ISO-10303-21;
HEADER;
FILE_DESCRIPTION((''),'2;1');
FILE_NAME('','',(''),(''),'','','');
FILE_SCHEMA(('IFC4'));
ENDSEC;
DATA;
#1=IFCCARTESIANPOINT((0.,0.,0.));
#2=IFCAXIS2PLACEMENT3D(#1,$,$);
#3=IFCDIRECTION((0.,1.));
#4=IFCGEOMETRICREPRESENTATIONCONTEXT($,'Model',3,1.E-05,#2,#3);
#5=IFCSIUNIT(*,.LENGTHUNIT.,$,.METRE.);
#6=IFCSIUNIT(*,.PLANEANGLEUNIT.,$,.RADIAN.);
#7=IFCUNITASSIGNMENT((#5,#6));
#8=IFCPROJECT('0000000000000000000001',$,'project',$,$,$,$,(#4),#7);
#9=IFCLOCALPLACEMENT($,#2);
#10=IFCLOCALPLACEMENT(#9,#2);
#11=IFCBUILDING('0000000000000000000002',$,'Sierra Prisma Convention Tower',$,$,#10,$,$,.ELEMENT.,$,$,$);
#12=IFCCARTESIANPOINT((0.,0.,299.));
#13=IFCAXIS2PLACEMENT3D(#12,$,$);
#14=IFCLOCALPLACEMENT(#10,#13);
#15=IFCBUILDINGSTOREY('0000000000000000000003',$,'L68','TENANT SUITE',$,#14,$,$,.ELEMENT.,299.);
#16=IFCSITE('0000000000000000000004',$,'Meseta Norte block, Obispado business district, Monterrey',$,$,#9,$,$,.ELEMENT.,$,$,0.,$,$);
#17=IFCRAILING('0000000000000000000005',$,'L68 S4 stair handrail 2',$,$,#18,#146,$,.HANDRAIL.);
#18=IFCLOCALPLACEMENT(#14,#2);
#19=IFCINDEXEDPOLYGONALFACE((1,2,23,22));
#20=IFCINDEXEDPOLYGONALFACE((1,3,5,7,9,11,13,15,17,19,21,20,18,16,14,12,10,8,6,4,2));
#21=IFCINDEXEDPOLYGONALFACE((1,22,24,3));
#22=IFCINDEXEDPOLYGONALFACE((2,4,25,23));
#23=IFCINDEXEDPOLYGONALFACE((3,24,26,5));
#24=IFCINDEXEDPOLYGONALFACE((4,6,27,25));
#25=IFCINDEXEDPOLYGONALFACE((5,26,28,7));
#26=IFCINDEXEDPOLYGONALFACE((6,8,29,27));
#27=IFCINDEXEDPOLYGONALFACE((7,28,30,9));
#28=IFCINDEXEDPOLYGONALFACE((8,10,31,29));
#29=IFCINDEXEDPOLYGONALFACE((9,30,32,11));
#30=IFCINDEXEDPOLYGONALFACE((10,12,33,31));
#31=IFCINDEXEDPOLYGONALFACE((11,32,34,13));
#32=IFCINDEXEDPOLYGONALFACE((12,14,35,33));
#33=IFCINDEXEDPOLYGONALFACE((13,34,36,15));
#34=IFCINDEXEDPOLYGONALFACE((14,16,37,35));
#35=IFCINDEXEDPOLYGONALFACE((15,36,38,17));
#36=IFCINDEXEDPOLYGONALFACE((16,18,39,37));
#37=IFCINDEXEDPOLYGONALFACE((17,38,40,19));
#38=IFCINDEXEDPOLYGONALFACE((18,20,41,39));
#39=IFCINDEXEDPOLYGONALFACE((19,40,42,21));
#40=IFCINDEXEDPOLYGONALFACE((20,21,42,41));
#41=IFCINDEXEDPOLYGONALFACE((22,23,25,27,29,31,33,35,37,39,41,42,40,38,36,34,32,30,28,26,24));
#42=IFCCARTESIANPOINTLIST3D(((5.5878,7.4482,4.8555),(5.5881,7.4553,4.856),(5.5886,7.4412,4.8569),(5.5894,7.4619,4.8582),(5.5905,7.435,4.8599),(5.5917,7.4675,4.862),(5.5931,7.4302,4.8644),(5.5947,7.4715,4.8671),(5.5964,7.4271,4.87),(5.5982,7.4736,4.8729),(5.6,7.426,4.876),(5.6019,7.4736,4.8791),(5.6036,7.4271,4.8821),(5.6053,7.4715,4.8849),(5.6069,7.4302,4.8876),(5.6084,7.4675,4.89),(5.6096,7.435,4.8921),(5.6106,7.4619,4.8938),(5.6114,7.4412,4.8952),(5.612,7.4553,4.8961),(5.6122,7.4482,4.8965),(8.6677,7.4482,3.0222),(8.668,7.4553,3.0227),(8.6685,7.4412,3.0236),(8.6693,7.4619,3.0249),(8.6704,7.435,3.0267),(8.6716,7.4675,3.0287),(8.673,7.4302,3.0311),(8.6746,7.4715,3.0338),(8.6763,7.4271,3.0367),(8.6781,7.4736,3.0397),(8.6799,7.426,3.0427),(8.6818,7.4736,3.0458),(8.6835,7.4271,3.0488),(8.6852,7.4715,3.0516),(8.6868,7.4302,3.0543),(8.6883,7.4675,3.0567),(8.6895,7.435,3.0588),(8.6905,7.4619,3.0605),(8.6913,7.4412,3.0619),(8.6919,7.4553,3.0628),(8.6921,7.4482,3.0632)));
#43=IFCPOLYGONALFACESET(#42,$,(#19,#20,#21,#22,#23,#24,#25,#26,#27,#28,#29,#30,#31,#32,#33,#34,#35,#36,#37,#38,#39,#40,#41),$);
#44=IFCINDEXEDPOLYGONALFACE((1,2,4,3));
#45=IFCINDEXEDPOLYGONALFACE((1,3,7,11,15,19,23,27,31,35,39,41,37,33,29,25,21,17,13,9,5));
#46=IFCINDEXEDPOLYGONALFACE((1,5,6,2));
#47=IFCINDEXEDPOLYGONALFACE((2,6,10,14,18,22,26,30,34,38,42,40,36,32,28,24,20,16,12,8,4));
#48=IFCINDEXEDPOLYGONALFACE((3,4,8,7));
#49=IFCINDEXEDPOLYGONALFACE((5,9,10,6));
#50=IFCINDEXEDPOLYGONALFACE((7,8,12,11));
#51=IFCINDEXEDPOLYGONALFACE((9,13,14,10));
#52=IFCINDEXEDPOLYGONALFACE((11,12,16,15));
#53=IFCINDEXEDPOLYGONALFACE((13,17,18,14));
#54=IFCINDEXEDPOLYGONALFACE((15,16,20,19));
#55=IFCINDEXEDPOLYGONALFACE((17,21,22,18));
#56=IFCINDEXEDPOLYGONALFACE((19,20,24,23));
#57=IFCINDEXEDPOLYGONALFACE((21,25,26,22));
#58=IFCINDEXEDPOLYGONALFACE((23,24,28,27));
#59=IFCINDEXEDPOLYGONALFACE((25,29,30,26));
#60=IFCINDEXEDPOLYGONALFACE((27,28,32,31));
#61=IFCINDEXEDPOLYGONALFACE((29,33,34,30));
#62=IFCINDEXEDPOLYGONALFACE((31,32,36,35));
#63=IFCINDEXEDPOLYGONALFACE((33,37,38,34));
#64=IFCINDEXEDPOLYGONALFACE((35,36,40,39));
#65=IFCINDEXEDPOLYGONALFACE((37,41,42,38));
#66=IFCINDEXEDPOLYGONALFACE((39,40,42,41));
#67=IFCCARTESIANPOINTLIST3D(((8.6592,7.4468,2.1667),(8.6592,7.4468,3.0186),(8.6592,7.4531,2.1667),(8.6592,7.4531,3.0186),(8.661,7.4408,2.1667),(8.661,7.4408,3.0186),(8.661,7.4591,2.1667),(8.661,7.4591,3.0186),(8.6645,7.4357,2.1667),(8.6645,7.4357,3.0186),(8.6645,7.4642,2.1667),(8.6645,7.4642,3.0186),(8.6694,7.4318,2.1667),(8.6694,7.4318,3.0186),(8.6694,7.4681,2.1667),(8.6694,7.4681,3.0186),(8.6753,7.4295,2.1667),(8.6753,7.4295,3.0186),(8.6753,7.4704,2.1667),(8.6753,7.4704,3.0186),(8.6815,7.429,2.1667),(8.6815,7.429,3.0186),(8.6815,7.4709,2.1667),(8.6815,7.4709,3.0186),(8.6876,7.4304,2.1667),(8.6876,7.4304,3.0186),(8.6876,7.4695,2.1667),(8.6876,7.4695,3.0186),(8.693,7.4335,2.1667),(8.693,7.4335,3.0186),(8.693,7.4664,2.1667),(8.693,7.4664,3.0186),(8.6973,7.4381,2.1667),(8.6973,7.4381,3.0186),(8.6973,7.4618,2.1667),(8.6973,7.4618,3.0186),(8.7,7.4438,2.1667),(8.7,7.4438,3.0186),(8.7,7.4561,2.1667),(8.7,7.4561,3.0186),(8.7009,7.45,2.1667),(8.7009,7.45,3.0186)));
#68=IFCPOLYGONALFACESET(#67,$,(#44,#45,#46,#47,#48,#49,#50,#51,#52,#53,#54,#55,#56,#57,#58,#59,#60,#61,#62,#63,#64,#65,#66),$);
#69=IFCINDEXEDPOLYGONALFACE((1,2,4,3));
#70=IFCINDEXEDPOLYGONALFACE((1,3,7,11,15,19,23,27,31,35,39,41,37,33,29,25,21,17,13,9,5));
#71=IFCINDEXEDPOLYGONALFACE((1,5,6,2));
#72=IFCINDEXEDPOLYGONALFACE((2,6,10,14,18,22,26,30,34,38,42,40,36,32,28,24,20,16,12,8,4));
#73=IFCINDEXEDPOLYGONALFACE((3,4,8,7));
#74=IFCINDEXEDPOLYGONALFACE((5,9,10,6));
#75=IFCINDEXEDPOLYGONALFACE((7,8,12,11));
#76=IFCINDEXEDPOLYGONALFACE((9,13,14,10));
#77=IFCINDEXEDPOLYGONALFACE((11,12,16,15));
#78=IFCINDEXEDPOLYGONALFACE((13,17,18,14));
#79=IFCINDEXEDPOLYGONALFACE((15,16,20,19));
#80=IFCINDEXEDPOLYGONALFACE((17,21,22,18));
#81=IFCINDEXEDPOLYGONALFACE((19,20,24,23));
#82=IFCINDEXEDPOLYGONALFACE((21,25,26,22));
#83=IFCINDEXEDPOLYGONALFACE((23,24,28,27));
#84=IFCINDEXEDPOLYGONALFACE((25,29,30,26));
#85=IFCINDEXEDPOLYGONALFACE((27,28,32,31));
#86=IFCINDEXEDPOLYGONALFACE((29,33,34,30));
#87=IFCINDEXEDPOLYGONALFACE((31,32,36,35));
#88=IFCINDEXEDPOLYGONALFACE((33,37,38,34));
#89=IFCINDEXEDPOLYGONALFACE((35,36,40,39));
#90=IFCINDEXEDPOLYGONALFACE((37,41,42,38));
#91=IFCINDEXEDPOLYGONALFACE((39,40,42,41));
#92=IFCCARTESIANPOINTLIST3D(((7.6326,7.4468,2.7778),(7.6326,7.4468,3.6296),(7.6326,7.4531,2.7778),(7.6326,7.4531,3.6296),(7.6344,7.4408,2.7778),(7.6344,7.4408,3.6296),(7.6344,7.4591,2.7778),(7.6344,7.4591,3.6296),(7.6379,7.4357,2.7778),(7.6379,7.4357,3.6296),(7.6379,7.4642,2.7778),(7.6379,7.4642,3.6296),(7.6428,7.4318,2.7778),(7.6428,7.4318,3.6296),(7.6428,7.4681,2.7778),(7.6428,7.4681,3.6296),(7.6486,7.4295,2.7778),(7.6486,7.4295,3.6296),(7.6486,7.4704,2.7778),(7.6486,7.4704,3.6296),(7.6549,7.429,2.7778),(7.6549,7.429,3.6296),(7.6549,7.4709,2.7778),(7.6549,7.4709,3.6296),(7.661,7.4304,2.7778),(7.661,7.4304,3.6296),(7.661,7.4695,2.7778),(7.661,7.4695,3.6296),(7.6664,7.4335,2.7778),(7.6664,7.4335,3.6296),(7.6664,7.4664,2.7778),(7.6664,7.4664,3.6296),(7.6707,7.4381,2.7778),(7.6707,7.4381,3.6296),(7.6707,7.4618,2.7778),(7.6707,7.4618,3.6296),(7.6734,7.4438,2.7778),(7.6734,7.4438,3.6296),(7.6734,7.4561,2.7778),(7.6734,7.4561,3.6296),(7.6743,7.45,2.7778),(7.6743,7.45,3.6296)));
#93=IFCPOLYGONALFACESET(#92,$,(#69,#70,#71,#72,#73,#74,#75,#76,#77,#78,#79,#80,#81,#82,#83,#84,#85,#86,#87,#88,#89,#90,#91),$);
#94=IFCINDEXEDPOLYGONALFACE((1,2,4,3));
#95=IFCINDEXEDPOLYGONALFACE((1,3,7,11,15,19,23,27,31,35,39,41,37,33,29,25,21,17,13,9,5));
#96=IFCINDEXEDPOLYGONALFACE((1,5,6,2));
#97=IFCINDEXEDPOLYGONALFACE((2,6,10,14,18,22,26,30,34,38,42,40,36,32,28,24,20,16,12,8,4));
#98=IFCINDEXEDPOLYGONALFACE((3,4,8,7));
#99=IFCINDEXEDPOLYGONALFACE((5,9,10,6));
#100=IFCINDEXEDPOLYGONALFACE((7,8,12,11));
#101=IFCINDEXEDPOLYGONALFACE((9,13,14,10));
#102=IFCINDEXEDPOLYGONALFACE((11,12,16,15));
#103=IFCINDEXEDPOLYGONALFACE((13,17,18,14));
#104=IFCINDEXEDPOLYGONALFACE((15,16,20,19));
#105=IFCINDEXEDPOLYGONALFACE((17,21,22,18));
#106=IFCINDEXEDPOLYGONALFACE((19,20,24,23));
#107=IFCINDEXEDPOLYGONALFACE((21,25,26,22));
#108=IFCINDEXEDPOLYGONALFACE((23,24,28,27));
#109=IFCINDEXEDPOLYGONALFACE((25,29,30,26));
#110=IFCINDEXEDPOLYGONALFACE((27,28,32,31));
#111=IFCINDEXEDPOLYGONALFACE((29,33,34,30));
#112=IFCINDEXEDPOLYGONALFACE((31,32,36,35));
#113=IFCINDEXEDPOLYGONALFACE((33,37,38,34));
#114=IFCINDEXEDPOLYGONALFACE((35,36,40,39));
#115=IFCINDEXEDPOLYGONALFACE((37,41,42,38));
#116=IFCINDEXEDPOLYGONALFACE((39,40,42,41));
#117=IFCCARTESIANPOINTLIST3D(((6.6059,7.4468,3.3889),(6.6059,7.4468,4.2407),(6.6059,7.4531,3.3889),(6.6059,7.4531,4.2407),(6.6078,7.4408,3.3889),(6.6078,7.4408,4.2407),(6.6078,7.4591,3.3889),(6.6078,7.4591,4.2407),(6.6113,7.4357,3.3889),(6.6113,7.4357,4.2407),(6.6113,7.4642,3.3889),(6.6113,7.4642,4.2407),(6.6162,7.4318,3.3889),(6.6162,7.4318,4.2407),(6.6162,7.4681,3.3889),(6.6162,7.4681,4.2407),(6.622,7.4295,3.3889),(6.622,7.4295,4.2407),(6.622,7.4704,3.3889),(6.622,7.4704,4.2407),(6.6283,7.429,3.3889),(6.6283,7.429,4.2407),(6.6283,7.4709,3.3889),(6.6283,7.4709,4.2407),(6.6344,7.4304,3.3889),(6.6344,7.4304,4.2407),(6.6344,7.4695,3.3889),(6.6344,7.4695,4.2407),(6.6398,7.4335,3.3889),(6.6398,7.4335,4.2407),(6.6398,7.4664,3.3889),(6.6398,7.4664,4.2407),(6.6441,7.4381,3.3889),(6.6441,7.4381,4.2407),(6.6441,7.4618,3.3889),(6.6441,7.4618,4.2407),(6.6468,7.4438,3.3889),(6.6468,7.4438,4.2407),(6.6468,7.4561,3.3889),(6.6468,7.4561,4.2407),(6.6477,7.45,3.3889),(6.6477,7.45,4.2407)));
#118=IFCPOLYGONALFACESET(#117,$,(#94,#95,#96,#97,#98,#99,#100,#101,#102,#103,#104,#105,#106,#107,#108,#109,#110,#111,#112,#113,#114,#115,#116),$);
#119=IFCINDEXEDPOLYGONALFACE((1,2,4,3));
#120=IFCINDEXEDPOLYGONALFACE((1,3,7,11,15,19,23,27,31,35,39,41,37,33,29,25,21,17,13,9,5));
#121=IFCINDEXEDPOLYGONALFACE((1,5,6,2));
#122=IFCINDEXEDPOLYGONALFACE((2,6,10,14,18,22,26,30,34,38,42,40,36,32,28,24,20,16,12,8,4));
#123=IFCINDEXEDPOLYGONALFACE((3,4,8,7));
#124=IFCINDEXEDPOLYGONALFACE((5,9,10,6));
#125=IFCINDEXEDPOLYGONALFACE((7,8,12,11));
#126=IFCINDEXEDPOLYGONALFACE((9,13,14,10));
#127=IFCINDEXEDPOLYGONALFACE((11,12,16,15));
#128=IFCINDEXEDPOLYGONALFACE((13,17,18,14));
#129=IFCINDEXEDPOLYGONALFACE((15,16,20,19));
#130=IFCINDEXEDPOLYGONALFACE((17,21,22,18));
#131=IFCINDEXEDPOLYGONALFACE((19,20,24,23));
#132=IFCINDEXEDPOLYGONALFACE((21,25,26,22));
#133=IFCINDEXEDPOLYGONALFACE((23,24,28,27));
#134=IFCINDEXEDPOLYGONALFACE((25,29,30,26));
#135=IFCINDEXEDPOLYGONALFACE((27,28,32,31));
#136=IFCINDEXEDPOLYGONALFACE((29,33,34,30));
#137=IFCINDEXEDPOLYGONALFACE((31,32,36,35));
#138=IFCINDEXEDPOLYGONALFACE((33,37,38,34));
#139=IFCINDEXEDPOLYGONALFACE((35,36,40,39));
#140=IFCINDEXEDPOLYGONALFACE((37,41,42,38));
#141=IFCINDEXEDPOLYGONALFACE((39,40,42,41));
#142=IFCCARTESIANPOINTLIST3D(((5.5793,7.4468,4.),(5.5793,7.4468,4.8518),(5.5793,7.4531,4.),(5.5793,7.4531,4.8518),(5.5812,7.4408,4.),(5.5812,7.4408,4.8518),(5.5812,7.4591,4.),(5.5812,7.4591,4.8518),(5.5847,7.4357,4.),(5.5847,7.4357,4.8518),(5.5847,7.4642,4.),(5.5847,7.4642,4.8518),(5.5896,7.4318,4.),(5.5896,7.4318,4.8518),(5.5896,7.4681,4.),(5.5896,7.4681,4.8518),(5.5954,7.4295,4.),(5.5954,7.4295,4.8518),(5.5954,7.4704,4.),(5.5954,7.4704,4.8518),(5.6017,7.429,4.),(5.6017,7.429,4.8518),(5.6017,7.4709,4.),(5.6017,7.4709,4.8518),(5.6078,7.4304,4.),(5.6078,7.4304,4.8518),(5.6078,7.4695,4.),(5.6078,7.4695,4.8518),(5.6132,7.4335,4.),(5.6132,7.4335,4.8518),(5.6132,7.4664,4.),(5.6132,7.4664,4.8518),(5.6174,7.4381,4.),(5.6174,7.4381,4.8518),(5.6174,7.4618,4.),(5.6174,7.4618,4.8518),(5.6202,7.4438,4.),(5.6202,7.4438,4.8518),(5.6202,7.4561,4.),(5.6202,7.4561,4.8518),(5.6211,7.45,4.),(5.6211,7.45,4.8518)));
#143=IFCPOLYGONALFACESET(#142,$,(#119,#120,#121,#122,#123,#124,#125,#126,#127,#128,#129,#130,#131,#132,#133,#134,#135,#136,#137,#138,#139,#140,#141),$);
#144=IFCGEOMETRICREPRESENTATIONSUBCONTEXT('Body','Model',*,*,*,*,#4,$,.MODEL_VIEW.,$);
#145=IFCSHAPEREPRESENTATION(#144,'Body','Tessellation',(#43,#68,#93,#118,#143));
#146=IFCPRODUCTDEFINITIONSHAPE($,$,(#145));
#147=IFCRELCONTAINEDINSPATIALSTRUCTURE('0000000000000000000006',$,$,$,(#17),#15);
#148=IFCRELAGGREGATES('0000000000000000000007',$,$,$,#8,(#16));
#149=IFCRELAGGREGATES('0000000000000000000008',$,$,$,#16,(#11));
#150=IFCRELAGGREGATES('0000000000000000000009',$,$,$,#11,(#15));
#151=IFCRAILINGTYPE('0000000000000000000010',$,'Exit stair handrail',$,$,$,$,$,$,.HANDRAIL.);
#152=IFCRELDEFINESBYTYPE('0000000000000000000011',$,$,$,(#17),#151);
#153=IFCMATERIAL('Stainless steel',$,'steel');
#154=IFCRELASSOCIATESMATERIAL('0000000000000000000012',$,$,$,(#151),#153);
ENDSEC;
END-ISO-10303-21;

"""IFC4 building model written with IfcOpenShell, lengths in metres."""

from ifc_helpers import new_model, si_unit, direction, frame, origin, origin_2d, place, context, subcontext, project, spatial, circle, extrude, material, type_object, element, save


model = new_model("IFC4")

# Units and contexts
model_context = context("Model", 3, precision=1e-05, world=origin(), true_north=direction((0.0, 1.0)))
body_context = subcontext(model_context, "Body", "Model", "MODEL_VIEW")
ifc_project = project(units=[si_unit("LENGTHUNIT", "METRE"), si_unit("PLANEANGLEUNIT", "RADIAN")], contexts=[model_context])

# Site, building, storey
site_placement = place(None, origin())
site = spatial("IfcSite", under=ifc_project, at=site_placement, Name="Meseta Norte block, Obispado business district, Monterrey", CompositionType="ELEMENT", RefElevation=0.0)
building_placement = place(site_placement, origin())
building = spatial("IfcBuilding", under=site, at=building_placement, Name="Sierra Prisma Convention Tower", CompositionType="ELEMENT")
storey_placement = place(building_placement, frame((0.0, 0.0, 299.0)))
storey = spatial("IfcBuildingStorey", under=building, at=storey_placement, Name="L68", Description="TENANT SUITE", CompositionType="ELEMENT", Elevation=299.0)

# Railing
ifc_material_1 = material(Name="Stainless steel", Category="steel")
railing_type = type_object("IfcRailingType", Name="Exit stair handrail", PredefinedType="HANDRAIL", material=ifc_material_1)
railing_placement = place(storey_placement, frame((8.6799, 7.45, 2.1667)))
element("IfcRailing", 1, at=railing_placement, inside=storey, type_object=railing_type, Name="L68 S4 stair handrail 2", PredefinedType="HANDRAIL", context=body_context, shape_type="SweptSolid", body=[
    extrude(circle(Radius=0.0239, at=origin_2d()), frame((0.0, 0.0, 0.876), z_axis=(-0.859291, 0.0, 0.511487), x_axis=(0.0, -1.0, 0.0)), (0.0, 0.0, 1.0), 3.5842),
    extrude(circle(Radius=0.021, at=origin_2d()), origin(), (0.0, 0.0, 1.0), 0.8518),
    extrude(circle(Radius=0.021, at=origin_2d()), frame((-1.0266, 0.0, 0.6111)), (0.0, 0.0, 1.0), 0.8518),
    extrude(circle(Radius=0.021, at=origin_2d()), frame((-2.0532, 0.0, 1.2222)), (0.0, 0.0, 1.0), 0.8518),
    extrude(circle(Radius=0.021, at=origin_2d()), frame((-3.0798, 0.0, 1.8333)), (0.0, 0.0, 1.0), 0.8518),
])

save(model, "model.ifc")
